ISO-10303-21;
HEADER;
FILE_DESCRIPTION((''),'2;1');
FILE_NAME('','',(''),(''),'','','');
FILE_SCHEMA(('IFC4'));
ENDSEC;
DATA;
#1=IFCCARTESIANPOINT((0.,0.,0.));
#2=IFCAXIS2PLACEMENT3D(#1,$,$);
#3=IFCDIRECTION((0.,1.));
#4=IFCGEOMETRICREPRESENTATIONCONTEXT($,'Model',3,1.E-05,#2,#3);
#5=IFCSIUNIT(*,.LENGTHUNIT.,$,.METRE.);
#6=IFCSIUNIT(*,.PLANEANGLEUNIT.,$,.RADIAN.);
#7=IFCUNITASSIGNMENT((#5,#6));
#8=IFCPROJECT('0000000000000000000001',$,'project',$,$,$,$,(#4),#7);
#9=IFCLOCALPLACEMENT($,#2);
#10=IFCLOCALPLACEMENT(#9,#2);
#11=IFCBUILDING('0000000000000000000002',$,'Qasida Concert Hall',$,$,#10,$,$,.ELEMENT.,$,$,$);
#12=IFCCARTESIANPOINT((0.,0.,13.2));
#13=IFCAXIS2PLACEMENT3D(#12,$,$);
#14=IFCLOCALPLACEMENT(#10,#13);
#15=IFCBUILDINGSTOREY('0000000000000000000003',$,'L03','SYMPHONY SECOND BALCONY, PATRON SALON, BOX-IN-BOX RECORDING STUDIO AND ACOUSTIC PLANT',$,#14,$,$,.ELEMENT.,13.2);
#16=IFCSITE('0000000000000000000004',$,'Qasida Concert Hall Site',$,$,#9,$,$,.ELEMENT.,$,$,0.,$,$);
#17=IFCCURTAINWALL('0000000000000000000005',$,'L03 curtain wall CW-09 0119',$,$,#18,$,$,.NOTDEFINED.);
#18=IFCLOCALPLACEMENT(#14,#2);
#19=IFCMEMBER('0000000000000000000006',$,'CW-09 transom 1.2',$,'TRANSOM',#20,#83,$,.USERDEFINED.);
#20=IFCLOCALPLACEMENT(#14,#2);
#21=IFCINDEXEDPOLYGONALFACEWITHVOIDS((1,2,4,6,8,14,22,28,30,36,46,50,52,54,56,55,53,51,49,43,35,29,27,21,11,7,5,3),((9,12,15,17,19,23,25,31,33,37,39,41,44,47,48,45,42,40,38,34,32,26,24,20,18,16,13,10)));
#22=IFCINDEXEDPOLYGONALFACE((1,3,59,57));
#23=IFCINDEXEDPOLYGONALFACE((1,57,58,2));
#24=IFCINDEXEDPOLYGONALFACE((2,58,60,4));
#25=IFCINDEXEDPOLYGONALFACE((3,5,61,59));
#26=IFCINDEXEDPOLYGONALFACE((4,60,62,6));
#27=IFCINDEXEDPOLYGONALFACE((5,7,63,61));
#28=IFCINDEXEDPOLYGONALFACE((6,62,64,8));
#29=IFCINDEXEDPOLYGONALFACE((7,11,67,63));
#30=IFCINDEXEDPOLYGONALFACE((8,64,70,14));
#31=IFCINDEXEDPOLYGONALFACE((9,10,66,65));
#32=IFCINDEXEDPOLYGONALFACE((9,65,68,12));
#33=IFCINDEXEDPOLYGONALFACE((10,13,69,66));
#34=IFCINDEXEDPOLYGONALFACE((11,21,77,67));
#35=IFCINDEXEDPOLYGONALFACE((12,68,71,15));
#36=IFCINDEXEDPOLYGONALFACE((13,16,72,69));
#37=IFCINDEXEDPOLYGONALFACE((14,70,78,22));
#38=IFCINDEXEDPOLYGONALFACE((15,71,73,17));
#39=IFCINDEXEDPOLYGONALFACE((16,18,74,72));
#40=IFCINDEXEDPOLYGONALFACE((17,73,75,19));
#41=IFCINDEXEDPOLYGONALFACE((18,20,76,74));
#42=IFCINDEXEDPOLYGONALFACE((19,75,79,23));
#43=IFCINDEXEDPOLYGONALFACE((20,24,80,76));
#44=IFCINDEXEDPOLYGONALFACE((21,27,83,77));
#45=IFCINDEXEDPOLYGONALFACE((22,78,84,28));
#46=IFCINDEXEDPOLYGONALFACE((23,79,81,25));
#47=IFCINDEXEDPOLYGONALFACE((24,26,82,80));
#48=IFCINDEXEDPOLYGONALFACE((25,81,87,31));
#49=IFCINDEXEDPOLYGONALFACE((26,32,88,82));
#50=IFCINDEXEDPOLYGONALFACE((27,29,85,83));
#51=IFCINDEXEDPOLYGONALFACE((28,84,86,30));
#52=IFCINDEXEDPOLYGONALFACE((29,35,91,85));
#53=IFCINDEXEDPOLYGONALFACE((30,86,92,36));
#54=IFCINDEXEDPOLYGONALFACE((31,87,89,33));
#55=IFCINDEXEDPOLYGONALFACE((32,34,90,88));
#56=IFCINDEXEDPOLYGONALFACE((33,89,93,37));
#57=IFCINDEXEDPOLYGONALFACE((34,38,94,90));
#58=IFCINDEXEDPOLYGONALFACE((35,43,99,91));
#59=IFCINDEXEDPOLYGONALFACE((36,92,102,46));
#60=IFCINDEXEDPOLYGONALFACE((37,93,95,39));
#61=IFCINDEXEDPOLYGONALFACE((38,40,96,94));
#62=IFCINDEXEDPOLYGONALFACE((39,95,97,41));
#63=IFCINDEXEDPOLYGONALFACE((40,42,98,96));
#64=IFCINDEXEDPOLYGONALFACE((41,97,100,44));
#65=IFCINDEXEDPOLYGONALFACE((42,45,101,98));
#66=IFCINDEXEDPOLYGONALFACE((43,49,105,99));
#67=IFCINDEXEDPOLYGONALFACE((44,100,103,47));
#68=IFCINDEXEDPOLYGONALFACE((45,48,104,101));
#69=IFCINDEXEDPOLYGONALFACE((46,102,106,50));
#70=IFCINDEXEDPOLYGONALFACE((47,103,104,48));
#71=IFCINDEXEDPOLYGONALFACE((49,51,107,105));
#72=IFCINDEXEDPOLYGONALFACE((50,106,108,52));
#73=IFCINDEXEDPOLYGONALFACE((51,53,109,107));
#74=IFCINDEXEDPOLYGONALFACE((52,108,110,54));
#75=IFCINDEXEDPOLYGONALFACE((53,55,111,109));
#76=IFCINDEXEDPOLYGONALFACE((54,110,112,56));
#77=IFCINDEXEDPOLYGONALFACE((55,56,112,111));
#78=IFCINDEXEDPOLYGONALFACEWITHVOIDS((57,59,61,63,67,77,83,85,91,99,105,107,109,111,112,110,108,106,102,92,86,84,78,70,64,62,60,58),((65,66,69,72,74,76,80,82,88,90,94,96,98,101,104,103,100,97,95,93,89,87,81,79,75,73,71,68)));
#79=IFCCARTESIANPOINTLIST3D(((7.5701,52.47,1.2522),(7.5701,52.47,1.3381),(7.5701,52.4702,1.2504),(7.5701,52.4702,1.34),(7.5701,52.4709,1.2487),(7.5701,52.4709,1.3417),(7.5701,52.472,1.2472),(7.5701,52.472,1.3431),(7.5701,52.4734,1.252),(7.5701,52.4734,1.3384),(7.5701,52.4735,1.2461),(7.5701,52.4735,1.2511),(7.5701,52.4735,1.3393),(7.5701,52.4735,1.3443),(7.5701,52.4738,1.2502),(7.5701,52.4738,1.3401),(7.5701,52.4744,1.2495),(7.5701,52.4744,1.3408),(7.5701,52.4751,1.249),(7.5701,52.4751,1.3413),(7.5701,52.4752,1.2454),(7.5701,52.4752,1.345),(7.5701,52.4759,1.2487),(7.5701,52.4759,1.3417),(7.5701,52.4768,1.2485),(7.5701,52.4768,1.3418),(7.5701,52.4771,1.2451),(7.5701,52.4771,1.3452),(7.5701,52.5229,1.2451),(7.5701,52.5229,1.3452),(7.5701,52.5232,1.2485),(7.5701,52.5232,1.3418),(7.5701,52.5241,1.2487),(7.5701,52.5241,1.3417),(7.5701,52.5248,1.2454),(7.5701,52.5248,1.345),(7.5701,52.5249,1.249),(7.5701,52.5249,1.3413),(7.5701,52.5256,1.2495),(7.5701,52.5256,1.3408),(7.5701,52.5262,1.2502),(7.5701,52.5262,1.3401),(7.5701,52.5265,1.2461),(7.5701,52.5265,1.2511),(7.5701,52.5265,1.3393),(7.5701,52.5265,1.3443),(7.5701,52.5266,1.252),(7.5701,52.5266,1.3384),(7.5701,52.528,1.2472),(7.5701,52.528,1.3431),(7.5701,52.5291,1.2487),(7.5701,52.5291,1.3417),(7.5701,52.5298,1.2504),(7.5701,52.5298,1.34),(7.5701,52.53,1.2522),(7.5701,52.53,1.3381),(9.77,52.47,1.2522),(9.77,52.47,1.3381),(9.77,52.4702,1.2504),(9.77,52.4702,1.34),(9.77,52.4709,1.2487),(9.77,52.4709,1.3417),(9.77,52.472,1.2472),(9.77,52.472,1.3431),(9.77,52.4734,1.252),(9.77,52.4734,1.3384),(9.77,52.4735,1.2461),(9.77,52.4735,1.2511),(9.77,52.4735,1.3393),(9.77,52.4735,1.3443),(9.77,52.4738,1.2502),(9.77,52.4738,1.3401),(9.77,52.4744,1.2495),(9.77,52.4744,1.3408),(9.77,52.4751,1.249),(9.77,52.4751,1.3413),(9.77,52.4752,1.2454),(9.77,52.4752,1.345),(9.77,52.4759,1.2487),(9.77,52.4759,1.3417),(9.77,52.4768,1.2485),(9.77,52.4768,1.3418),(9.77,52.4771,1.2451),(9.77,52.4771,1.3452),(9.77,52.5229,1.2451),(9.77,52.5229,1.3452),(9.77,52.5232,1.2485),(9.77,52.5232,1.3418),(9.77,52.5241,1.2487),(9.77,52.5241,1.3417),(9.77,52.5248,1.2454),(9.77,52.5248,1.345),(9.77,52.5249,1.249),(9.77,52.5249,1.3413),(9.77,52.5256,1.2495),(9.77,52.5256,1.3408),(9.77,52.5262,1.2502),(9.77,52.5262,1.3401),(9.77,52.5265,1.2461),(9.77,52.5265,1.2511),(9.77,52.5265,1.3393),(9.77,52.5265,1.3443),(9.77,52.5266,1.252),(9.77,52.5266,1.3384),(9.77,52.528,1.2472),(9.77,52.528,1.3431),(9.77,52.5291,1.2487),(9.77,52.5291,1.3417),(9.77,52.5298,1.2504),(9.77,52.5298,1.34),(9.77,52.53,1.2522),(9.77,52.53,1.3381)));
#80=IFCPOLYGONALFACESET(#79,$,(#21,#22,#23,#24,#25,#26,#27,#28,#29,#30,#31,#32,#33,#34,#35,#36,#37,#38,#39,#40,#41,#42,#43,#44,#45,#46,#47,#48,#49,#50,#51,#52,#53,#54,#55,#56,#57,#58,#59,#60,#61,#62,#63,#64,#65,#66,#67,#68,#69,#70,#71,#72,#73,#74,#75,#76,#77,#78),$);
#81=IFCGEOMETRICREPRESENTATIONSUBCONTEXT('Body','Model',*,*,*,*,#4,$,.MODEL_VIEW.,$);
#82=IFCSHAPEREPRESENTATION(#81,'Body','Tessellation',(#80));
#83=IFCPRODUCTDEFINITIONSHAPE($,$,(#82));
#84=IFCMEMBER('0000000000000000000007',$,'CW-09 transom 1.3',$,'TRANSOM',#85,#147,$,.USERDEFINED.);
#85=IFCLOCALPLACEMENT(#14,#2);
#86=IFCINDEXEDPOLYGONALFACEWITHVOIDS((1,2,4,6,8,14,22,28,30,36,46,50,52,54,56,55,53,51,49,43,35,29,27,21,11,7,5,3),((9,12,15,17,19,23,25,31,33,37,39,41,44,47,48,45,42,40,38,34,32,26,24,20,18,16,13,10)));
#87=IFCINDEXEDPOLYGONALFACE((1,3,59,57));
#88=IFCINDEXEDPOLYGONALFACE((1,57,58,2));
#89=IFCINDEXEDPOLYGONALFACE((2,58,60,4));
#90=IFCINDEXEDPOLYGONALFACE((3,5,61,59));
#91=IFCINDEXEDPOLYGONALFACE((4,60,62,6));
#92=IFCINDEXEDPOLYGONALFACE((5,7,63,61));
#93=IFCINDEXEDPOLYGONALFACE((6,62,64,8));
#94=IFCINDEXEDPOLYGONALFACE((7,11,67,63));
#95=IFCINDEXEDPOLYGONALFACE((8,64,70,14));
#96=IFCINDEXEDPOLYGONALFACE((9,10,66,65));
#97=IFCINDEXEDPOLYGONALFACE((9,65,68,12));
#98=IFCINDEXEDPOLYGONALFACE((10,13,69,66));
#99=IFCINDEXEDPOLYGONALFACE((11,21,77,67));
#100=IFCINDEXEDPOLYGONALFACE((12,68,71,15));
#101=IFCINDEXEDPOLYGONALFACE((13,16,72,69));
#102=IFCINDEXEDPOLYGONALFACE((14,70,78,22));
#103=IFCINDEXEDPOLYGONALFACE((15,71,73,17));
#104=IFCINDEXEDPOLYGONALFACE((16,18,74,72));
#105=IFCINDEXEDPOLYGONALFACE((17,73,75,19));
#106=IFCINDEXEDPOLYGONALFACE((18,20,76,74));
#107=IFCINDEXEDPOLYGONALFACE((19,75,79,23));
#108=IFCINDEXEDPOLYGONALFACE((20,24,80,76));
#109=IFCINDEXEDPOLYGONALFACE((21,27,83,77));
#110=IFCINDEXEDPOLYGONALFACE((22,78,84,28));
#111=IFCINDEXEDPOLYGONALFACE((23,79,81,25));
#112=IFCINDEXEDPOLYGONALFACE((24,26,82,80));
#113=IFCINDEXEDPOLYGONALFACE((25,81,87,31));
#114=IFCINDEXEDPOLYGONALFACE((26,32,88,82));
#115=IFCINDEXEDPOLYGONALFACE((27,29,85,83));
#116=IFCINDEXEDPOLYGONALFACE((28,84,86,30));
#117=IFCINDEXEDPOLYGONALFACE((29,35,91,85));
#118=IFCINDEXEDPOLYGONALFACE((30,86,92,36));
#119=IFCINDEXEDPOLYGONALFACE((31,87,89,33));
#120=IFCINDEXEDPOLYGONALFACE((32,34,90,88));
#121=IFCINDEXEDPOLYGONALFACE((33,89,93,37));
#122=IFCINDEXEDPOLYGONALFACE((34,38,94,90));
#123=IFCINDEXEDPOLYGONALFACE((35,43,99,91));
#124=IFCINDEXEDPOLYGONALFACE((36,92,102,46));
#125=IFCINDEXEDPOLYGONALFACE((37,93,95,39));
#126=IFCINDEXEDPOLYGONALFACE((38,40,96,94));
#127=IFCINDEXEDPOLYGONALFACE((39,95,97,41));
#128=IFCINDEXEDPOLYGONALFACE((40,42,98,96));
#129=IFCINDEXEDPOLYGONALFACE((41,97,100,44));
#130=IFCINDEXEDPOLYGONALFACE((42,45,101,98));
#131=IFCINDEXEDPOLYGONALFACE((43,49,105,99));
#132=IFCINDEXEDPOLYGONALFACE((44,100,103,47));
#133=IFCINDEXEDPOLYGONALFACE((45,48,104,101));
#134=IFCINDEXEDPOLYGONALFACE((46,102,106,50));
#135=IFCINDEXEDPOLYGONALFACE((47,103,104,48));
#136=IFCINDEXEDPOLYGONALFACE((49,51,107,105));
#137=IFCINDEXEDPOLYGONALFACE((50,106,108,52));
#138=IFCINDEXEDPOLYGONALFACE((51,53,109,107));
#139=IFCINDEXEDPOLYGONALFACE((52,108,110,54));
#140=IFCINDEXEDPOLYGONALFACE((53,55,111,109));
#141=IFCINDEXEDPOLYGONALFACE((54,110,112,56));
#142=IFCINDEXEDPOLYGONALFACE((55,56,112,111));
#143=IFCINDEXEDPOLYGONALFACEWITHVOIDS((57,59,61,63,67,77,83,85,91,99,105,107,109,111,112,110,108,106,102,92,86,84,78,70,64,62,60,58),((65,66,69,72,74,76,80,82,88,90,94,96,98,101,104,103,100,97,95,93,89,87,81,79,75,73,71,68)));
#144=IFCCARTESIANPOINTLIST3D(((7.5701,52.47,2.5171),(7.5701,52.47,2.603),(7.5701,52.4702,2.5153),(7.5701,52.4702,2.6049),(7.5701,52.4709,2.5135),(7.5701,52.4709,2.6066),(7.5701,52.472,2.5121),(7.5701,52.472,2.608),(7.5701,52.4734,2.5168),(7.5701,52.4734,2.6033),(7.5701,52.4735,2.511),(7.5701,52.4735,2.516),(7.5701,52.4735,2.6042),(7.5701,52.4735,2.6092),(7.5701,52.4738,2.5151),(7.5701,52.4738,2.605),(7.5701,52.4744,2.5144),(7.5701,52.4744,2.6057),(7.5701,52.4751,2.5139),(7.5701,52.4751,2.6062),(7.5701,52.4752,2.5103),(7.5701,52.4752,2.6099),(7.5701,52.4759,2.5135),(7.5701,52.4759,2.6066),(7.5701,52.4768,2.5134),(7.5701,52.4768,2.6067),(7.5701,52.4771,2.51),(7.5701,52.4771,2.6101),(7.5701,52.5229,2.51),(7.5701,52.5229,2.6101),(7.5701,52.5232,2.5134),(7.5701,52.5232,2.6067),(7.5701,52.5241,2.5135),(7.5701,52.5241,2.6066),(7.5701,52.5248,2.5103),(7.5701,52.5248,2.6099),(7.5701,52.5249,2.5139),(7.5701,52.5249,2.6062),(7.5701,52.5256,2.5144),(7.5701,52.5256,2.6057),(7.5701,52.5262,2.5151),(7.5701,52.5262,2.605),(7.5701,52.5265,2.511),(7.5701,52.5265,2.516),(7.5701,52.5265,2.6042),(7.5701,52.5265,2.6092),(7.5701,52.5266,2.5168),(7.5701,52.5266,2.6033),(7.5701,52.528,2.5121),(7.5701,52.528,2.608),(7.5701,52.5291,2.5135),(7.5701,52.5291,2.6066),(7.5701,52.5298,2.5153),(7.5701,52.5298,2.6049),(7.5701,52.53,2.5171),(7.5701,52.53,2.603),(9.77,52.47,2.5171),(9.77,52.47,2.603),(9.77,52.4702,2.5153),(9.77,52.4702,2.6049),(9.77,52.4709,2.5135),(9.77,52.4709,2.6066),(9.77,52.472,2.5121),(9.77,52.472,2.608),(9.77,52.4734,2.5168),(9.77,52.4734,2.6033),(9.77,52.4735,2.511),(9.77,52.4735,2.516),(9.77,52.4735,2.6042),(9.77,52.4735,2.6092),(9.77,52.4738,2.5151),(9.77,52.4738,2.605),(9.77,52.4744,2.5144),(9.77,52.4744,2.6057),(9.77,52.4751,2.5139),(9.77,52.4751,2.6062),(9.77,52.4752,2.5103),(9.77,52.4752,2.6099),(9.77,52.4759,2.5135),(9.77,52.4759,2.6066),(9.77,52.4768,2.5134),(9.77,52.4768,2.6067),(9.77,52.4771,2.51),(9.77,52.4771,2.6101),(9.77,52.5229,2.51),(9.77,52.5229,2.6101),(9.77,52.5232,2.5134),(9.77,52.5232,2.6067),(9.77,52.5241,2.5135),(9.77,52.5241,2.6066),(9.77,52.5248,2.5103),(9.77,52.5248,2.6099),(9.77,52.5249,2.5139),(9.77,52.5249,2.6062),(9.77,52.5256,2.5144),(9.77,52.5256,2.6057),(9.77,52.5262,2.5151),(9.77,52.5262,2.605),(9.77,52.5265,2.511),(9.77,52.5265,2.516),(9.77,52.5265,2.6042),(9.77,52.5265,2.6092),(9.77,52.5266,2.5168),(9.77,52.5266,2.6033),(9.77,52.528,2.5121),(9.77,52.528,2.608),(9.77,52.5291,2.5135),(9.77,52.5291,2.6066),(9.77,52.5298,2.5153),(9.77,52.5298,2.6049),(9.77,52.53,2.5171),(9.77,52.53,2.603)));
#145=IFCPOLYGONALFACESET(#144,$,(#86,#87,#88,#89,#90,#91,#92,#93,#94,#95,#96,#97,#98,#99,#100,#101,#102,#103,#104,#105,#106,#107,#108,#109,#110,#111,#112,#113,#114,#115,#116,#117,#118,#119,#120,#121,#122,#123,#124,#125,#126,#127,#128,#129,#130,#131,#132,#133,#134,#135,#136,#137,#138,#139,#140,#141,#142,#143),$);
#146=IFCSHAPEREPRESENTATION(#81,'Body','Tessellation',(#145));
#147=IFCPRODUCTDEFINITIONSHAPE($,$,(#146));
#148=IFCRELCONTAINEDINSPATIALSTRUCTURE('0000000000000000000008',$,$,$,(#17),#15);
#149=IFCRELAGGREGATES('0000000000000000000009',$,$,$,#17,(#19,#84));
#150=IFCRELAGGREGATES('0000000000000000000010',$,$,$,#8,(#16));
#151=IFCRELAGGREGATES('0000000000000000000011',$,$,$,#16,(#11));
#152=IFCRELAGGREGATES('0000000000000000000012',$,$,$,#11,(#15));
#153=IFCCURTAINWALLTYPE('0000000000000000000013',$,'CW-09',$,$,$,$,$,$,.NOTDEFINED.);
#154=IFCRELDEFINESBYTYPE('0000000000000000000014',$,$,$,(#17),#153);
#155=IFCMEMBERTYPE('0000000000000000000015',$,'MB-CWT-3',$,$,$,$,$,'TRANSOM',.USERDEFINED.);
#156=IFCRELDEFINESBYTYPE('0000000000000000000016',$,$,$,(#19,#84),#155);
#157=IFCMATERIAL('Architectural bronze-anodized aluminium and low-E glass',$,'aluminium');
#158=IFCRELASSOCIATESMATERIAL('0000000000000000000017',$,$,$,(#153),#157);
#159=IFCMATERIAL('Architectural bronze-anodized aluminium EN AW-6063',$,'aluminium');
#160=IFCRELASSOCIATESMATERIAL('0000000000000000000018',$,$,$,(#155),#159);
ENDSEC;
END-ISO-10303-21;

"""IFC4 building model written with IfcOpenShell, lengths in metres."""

from ifc_helpers import new_model, si_unit, direction, frame, origin, origin_2d, place, context, subcontext, project, spatial, hollow_rectangle, extrude, material, material_profile, profile_set, type_object, element, aggregate, save


model = new_model("IFC4")

# Units and contexts
model_context = context("Model", 3, precision=1e-05, world=origin(), true_north=direction((0.0, 1.0)))
body_context = subcontext(model_context, "Body", "Model", "MODEL_VIEW")
ifc_project = project(units=[si_unit("LENGTHUNIT", "METRE"), si_unit("PLANEANGLEUNIT", "RADIAN")], contexts=[model_context])

# Site, building, storey
site_placement = place(None, origin())
site = spatial("IfcSite", under=ifc_project, at=site_placement, Name="Qasida Concert Hall Site", CompositionType="ELEMENT", RefElevation=0.0)
building_placement = place(site_placement, origin())
building = spatial("IfcBuilding", under=site, at=building_placement, Name="Qasida Concert Hall", CompositionType="ELEMENT")
storey_placement = place(building_placement, frame((0.0, 0.0, 13.2)))
storey = spatial("IfcBuildingStorey", under=building, at=storey_placement, Name="L03", Description="SYMPHONY SECOND BALCONY, PATRON SALON, BOX-IN-BOX RECORDING STUDIO AND ACOUSTIC PLANT", CompositionType="ELEMENT", Elevation=13.2)

# Curtain wall
ifc_material_1 = material(Name="Architectural bronze-anodized aluminium and low-E glass", Category="aluminium")
curtain_wall_type = type_object("IfcCurtainWallType", Name="CW-09", PredefinedType="NOTDEFINED", material=ifc_material_1)
ifc_material_2 = material(Name="Architectural bronze-anodized aluminium EN AW-6063", Category="aluminium")
curtain_wall_1_placement = place(storey_placement, origin())
curtain_wall_1 = element("IfcCurtainWall", 1, at=curtain_wall_1_placement, inside=storey, type_object=curtain_wall_type, Name="L03 curtain wall CW-09 0119", PredefinedType="NOTDEFINED")

# Members
ifc_material_profile_1 = material_profile(ifc_material_2, hollow_rectangle(XDim=0.0601, YDim=0.1001, WallThickness=0.0034, InnerFilletRadius=0.0034, OuterFilletRadius=0.0071, at=origin_2d()), Name="CWT 100x60x3.5")
ifc_profile_set_1 = profile_set([ifc_material_profile_1], Name="Architectural bronze-anodized aluminium EN AW-6063")
member_type_1 = type_object("IfcMemberType", Name="MB-CWT-3", ElementType="TRANSOM", PredefinedType="USERDEFINED", material=ifc_profile_set_1)
member_1_placement = place(storey_placement, frame((7.5701, 52.5, 1.2952), z_axis=(1.0, 0.0, 0.0), x_axis=(0.0, 1.0, 0.0)))
member_1 = element("IfcMember", 2, at=member_1_placement, type_object=member_type_1, Name="CW-09 transom 1.2", ObjectType="TRANSOM", PredefinedType="USERDEFINED", context=body_context, shape_type="SweptSolid", body=[
    extrude(hollow_rectangle(XDim=0.0601, YDim=0.1001, WallThickness=0.0034, InnerFilletRadius=0.0034, OuterFilletRadius=0.0071, at=origin_2d()), origin(), (0.0, 0.0, 1.0), 2.2),
])
member_2_placement = place(storey_placement, frame((7.5701, 52.5, 2.5601), z_axis=(1.0, 0.0, 0.0), x_axis=(0.0, 1.0, 0.0)))
member_2 = element("IfcMember", 3, at=member_2_placement, type_object=member_type_1, Name="CW-09 transom 1.3", ObjectType="TRANSOM", PredefinedType="USERDEFINED", context=body_context, shape_type="SweptSolid", body=[
    extrude(hollow_rectangle(XDim=0.0601, YDim=0.1001, WallThickness=0.0034, InnerFilletRadius=0.0034, OuterFilletRadius=0.0071, at=origin_2d()), origin(), (0.0, 0.0, 1.0), 2.2),
])

aggregate(curtain_wall_1, [member_1, member_2])

save(model, "model.ifc")
